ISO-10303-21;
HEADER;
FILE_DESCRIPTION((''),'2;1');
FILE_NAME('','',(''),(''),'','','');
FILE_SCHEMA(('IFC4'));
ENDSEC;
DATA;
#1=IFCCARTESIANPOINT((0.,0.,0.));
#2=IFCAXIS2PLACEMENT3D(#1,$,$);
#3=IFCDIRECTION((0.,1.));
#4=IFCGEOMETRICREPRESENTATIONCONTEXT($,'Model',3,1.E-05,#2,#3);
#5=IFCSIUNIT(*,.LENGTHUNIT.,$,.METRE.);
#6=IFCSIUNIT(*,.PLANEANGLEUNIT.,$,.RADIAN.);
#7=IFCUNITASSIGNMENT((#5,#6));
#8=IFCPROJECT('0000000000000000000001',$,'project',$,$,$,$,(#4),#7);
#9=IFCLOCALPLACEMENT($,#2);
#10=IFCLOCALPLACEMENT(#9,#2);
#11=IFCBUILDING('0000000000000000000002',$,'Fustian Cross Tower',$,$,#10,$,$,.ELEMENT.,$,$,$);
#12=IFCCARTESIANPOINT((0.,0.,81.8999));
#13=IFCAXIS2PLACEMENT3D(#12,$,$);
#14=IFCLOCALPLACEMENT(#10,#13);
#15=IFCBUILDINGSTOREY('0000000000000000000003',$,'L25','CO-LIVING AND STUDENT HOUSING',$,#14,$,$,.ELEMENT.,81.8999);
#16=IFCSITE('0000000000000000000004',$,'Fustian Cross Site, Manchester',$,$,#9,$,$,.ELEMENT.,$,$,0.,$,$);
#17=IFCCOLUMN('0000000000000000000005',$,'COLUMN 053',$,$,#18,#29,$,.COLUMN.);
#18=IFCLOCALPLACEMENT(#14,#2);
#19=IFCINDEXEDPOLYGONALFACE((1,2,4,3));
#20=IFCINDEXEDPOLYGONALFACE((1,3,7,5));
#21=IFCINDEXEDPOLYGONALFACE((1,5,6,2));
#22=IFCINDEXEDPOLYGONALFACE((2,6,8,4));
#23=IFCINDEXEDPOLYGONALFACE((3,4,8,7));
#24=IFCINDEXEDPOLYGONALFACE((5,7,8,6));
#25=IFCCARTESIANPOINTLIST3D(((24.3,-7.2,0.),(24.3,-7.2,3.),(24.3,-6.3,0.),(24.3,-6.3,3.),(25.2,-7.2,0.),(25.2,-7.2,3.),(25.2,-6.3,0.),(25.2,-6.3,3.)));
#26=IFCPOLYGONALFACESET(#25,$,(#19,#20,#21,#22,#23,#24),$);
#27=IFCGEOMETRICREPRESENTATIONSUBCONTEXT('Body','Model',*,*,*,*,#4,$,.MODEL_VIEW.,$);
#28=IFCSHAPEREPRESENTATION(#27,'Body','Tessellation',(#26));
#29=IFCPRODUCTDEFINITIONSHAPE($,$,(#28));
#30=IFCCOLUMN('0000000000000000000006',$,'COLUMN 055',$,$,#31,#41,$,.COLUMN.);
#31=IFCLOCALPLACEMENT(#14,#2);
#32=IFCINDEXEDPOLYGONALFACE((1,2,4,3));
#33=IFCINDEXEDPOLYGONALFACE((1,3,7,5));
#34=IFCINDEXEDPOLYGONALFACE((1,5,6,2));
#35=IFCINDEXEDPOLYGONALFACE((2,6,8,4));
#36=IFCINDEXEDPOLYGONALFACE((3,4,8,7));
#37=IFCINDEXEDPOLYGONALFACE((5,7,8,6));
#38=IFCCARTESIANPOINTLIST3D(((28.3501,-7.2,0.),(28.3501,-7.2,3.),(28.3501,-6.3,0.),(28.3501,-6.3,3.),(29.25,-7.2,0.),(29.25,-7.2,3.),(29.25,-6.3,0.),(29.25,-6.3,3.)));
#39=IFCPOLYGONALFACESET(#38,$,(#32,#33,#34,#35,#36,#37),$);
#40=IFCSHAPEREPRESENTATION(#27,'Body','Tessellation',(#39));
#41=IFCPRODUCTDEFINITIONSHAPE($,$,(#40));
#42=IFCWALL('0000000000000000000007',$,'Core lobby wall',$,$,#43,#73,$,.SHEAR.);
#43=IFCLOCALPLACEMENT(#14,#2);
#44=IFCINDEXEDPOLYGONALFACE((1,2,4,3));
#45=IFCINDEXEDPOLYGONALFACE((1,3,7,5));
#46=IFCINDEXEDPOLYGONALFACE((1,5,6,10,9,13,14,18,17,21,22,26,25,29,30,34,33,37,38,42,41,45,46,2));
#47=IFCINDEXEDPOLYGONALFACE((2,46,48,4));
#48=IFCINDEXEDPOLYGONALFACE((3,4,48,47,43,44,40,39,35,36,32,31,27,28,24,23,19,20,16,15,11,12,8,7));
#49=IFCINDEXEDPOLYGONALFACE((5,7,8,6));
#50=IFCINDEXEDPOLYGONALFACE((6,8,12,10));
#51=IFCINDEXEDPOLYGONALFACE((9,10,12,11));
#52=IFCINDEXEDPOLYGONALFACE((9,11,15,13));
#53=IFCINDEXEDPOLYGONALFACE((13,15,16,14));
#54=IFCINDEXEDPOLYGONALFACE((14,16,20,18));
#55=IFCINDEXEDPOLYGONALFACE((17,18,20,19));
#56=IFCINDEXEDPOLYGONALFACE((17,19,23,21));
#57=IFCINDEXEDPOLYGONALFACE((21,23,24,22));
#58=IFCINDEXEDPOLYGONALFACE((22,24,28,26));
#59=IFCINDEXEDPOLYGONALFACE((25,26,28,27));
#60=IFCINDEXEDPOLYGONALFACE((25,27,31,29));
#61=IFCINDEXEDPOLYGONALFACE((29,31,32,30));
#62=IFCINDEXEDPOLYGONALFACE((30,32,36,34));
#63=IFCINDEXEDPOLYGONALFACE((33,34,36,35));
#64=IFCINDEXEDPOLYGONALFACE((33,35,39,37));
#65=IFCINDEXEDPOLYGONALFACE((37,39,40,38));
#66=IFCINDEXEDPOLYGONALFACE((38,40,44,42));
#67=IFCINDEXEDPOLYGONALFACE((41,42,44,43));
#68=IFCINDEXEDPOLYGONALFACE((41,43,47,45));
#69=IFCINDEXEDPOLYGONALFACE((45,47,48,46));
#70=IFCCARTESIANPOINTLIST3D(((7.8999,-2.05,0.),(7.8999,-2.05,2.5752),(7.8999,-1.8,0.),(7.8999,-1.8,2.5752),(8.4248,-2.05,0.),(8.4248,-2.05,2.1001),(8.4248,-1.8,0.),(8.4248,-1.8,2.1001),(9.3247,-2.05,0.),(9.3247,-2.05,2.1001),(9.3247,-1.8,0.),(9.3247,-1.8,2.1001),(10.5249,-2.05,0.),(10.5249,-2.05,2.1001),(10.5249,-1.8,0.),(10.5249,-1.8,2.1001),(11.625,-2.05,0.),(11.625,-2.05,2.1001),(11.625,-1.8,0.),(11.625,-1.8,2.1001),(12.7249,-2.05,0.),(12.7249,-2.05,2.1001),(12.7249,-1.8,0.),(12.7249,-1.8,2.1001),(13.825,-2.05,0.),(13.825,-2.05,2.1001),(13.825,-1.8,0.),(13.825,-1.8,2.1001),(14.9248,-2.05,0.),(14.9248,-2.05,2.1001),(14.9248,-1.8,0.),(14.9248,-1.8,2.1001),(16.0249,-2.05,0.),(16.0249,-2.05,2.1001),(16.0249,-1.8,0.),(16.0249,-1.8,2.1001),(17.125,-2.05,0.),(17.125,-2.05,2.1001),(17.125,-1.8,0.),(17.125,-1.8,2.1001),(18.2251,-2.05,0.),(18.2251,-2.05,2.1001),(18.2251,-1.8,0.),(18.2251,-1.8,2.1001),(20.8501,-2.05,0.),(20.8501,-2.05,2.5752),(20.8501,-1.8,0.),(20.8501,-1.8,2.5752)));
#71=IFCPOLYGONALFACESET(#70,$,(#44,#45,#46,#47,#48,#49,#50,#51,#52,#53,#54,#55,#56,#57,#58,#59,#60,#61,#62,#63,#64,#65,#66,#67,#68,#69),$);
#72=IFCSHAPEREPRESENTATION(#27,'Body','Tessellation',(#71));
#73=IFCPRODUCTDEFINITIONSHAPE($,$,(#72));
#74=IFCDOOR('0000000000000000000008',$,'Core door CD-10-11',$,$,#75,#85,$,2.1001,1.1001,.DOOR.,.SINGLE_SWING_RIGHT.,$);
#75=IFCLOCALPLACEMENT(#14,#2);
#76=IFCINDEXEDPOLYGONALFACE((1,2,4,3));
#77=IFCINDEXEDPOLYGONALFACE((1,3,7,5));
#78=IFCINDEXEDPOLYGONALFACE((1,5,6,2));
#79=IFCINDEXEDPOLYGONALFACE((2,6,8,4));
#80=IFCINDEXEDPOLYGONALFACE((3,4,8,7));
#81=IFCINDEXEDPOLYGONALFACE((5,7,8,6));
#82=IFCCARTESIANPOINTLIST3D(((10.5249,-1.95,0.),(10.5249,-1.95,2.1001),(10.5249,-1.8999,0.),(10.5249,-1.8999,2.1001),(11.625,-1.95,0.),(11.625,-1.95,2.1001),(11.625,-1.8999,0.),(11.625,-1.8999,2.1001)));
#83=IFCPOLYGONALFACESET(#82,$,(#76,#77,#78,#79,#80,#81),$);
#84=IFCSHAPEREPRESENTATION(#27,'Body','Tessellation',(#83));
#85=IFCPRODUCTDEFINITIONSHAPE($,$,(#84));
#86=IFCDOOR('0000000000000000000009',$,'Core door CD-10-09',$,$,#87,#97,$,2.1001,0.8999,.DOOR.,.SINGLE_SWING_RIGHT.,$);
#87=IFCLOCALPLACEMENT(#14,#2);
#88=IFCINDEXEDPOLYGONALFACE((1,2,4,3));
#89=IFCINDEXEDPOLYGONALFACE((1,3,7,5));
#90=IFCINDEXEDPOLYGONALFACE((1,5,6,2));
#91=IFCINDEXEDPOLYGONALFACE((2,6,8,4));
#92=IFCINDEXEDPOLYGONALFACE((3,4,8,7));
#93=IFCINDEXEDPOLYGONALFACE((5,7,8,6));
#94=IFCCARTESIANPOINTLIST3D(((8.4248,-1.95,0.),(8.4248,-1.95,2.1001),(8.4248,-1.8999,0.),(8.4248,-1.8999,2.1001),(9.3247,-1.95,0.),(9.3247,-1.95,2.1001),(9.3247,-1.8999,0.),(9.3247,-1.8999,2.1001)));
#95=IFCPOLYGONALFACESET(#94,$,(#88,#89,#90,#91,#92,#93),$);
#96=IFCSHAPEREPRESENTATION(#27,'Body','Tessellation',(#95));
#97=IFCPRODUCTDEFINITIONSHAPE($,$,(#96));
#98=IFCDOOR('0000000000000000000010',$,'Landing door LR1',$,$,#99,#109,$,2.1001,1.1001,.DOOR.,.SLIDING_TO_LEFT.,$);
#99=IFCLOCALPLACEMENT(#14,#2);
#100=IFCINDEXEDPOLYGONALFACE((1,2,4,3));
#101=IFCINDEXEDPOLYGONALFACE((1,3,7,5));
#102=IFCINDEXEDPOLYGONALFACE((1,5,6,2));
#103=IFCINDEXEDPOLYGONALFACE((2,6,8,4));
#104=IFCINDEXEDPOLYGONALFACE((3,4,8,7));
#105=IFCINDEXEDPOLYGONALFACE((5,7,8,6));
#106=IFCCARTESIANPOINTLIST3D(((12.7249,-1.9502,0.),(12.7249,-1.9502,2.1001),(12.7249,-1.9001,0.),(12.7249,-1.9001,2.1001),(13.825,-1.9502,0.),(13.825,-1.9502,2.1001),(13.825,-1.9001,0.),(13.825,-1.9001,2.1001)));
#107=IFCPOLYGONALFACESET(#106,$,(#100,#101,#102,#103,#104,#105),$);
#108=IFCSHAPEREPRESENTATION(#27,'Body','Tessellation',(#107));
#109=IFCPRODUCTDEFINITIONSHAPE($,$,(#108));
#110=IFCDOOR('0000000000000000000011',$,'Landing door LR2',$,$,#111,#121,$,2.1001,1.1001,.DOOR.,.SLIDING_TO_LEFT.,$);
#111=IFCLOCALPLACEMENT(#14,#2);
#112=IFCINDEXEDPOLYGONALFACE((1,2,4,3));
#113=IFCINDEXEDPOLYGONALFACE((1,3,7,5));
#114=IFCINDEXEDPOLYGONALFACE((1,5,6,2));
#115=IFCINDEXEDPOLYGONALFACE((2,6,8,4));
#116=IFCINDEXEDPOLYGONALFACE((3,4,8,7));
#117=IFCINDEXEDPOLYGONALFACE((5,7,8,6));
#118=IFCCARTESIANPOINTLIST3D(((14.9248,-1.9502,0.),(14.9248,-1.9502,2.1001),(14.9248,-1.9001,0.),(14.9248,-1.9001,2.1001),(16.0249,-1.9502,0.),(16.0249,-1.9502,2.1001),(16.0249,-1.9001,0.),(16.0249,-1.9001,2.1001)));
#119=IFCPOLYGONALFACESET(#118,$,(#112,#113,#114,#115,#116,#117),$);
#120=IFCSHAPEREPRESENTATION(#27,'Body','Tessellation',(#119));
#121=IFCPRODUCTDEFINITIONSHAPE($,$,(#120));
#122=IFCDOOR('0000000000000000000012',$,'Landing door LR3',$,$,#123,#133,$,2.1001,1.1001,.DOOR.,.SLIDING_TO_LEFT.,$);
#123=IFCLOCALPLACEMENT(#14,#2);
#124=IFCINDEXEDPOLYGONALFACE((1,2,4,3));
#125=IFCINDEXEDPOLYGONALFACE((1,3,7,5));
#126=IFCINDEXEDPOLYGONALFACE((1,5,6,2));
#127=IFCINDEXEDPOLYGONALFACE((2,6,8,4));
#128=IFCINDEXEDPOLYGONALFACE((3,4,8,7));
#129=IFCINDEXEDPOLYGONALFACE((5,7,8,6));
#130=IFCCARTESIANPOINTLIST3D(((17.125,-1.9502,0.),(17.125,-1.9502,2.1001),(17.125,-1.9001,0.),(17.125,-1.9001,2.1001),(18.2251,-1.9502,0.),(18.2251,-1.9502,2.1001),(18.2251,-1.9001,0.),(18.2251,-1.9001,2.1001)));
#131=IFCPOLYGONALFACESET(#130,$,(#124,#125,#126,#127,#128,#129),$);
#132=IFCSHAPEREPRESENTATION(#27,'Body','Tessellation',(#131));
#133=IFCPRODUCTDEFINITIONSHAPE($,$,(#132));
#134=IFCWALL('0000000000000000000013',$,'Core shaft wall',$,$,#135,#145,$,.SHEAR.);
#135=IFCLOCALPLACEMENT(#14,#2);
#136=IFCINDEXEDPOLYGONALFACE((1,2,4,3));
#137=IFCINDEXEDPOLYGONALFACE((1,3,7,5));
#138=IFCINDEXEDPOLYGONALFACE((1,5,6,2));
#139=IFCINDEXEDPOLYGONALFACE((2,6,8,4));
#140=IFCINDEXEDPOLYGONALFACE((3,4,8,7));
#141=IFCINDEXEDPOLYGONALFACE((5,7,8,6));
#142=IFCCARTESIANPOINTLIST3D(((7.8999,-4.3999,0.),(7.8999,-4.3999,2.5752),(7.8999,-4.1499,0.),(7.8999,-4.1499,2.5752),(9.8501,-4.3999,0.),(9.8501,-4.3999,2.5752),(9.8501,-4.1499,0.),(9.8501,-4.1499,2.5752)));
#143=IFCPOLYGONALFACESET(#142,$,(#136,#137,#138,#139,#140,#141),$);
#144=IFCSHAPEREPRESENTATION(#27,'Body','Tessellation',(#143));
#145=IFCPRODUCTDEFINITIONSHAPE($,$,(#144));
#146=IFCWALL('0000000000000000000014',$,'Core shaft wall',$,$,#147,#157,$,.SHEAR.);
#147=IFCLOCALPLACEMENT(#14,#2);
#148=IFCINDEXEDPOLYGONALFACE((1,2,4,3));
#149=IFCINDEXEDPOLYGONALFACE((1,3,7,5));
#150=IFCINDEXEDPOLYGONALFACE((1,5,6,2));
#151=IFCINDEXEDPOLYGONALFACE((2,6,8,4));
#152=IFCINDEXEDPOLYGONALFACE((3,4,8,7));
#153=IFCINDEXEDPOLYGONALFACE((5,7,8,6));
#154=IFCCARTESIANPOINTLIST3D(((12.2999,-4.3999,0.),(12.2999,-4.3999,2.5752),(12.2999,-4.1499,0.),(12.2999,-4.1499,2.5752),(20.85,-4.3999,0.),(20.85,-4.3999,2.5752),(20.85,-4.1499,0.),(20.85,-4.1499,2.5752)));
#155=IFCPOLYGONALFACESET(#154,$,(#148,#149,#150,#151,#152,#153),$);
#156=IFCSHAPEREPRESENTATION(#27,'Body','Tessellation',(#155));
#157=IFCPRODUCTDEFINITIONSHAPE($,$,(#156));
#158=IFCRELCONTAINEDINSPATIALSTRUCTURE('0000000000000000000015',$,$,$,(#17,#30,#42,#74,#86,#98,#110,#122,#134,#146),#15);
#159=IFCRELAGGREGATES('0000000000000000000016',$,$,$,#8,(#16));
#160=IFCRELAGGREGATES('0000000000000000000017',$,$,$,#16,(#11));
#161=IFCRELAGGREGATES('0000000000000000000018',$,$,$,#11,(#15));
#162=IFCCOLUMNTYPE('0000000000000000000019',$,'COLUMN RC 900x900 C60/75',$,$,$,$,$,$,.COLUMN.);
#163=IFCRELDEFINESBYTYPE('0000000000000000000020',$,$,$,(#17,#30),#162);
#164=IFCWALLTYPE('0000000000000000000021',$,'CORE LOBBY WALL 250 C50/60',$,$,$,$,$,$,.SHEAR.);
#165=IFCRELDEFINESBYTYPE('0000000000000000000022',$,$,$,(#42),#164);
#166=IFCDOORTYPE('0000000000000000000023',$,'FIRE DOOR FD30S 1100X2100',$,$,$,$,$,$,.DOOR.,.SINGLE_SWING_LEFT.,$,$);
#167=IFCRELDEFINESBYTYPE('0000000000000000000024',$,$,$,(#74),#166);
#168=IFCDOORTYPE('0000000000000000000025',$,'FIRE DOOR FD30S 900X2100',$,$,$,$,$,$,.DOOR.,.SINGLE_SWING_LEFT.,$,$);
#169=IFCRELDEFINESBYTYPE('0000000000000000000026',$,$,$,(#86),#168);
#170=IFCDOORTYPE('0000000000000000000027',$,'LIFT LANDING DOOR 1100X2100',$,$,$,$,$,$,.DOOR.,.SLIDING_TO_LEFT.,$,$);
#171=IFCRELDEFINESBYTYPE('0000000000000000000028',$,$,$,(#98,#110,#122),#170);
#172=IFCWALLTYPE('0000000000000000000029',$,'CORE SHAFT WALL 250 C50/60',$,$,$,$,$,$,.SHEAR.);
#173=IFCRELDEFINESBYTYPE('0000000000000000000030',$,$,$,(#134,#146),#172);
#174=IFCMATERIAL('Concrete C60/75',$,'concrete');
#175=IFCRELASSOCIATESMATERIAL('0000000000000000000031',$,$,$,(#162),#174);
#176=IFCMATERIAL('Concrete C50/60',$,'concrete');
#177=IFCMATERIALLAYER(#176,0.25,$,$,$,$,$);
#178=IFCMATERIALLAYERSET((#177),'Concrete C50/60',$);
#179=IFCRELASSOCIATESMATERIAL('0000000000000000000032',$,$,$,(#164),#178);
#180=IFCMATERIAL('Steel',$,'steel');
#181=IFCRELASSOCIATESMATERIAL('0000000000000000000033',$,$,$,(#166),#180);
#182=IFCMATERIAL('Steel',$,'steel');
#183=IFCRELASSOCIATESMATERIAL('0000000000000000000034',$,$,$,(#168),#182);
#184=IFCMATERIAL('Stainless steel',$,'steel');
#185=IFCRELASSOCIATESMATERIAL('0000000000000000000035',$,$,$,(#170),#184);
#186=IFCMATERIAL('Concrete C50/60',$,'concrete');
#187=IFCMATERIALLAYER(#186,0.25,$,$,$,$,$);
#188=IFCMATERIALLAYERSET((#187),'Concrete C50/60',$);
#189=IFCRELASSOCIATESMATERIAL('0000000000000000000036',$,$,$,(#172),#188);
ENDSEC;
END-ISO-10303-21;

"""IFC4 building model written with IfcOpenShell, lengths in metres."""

from ifc_helpers import new_model, si_unit, direction, frame, frame_2d, origin, origin_2d, place, context, subcontext, project, spatial, rectangle, extrude, material, layer, layer_set, material_profile, profile_set, type_object, element, fill, save


model = new_model("IFC4")

# Units and contexts
model_context = context("Model", 3, precision=1e-05, world=origin(), true_north=direction((0.0, 1.0)))
body_context = subcontext(model_context, "Body", "Model", "MODEL_VIEW")
ifc_project = project(units=[si_unit("LENGTHUNIT", "METRE"), si_unit("PLANEANGLEUNIT", "RADIAN")], contexts=[model_context])

# Site, building, storey
site_placement = place(None, origin())
site = spatial("IfcSite", under=ifc_project, at=site_placement, Name="Fustian Cross Site, Manchester", CompositionType="ELEMENT", RefElevation=0.0)
building_placement = place(site_placement, origin())
building = spatial("IfcBuilding", under=site, at=building_placement, Name="Fustian Cross Tower", CompositionType="ELEMENT")
storey_placement = place(building_placement, frame((0.0, 0.0, 81.8999)))
storey = spatial("IfcBuildingStorey", under=building, at=storey_placement, Name="L25", Description="CO-LIVING AND STUDENT HOUSING", CompositionType="ELEMENT", Elevation=81.8999)

# Columns
ifc_material_1 = material(Name="Concrete C60/75", Category="concrete")
ifc_material_profile = material_profile(ifc_material_1, rectangle(XDim=0.8999, YDim=0.8999, at=origin_2d()), Name="RC 900x900")
ifc_profile_set = profile_set([ifc_material_profile], Name="Concrete C60/75")
column_type = type_object("IfcColumnType", Name="COLUMN RC 900x900 C60/75", PredefinedType="COLUMN", material=ifc_profile_set)
for number, where, z_axis, x_axis, name in (
    (1, (24.75, -6.75, 0.0), (0.0, 0.0, 1.0), (1.0, 0.0, 0.0), "COLUMN 053"),
    (2, (28.8, -6.75, 0.0), (0.0, 0.0, 1.0), (1.0, 0.0, 0.0), "COLUMN 055"),
):
    element("IfcColumn", number, at=place(storey_placement, frame(where, z_axis=z_axis, x_axis=x_axis)), inside=storey, type_object=column_type, Name=name, PredefinedType="COLUMN", context=body_context, shape_type="SweptSolid", body=[
        extrude(rectangle(XDim=0.8999, YDim=0.8999, at=origin_2d()), origin(), (0.0, 0.0, 1.0), 3.0),
    ])

# Wall, openings, doors
ifc_material_2 = material(Name="Concrete C50/60", Category="concrete")
ifc_layer_1 = layer(ifc_material_2, 0.25)
ifc_layer_set_1 = layer_set([ifc_layer_1], Name="Concrete C50/60")
wall_type_1 = type_object("IfcWallType", Name="CORE LOBBY WALL 250 C50/60", PredefinedType="SHEAR", material=ifc_layer_set_1)
wall_1_placement = place(storey_placement, frame((7.8999, -1.925, 0.0), z_axis=(0.0, 0.0, 1.0), x_axis=(1.0, 0.0, 0.0)))
wall_1 = element("IfcWall", 3, at=wall_1_placement, inside=storey, type_object=wall_type_1, Name="Core lobby wall", PredefinedType="SHEAR", context=body_context, shape_type="SweptSolid", body=[
    extrude(rectangle(XDim=12.9502, YDim=0.25, at=frame_2d((6.4751, 0.0))), origin(), (0.0, 0.0, 1.0), 2.5752),
])
opening_1_placement = place(wall_1_placement, frame((4.825, 0.0, 0.0)))
opening_1 = element("IfcOpeningElement", 4, at=opening_1_placement, cuts=wall_1, PredefinedType="OPENING", context=body_context, shape_type="SweptSolid", body=[
    extrude(rectangle(XDim=1.1001, YDim=2.1001, at=frame_2d((0.55, 1.05))), frame((0.0, 0.135, 0.0), z_axis=(0.0, -1.0, 0.0), x_axis=(1.0, 0.0, 0.0)), (0.0, 0.0, 1.0), 0.27),
])
opening_2_placement = place(wall_1_placement, frame((7.0249, 0.0, 0.0)))
opening_2 = element("IfcOpeningElement", 5, at=opening_2_placement, cuts=wall_1, PredefinedType="OPENING", context=body_context, shape_type="SweptSolid", body=[
    extrude(rectangle(XDim=1.1001, YDim=2.1001, at=frame_2d((0.55, 1.05))), frame((0.0, 0.135, 0.0), z_axis=(0.0, -1.0, 0.0), x_axis=(1.0, 0.0, 0.0)), (0.0, 0.0, 1.0), 0.27),
])
opening_3_placement = place(wall_1_placement, frame((9.2251, 0.0, 0.0)))
opening_3 = element("IfcOpeningElement", 6, at=opening_3_placement, cuts=wall_1, PredefinedType="OPENING", context=body_context, shape_type="SweptSolid", body=[
    extrude(rectangle(XDim=1.1001, YDim=2.1001, at=frame_2d((0.55, 1.05))), frame((0.0, 0.135, 0.0), z_axis=(0.0, -1.0, 0.0), x_axis=(1.0, 0.0, 0.0)), (0.0, 0.0, 1.0), 0.27),
])
opening_4_placement = place(wall_1_placement, frame((0.5249, 0.0, 0.0)))
opening_4 = element("IfcOpeningElement", 7, at=opening_4_placement, cuts=wall_1, PredefinedType="OPENING", context=body_context, shape_type="SweptSolid", body=[
    extrude(rectangle(XDim=0.8999, YDim=2.1001, at=frame_2d((0.45, 1.05))), frame((0.0, 0.135, 0.0), z_axis=(0.0, -1.0, 0.0), x_axis=(1.0, 0.0, 0.0)), (0.0, 0.0, 1.0), 0.27),
])
opening_5_placement = place(wall_1_placement, frame((2.625, 0.0, 0.0)))
opening_5 = element("IfcOpeningElement", 8, at=opening_5_placement, cuts=wall_1, PredefinedType="OPENING", context=body_context, shape_type="SweptSolid", body=[
    extrude(rectangle(XDim=1.1001, YDim=2.1001, at=frame_2d((0.55, 1.05))), frame((0.0, 0.135, 0.0), z_axis=(0.0, -1.0, 0.0), x_axis=(1.0, 0.0, 0.0)), (0.0, 0.0, 1.0), 0.27),
])
ifc_material_3 = material(Name="Steel", Category="steel")
door_type_1 = type_object("IfcDoorType", Name="FIRE DOOR FD30S 1100X2100", OperationType="SINGLE_SWING_LEFT", PredefinedType="DOOR", material=ifc_material_3)
door_1_placement = place(opening_5_placement, frame((1.1001, 0.0, 0.0), z_axis=(0.0, 0.0, 1.0), x_axis=(-1.0, 0.0, 0.0)))
door_1 = element("IfcDoor", 9, at=door_1_placement, inside=storey, type_object=door_type_1, Name="Core door CD-10-11", OperationType="SINGLE_SWING_RIGHT", OverallHeight=2.1001, OverallWidth=1.1001, PredefinedType="DOOR", context=body_context, shape_type="SweptSolid", body=[
    extrude(rectangle(XDim=1.1001, YDim=2.1001, at=frame_2d((0.55, 1.05))), frame((0.0, 0.0249, 0.0), z_axis=(0.0, -1.0, 0.0), x_axis=(1.0, 0.0, 0.0)), (0.0, 0.0, 1.0), 0.05),
])
fill(opening_5, door_1)
ifc_material_4 = material(Name="Steel", Category="steel")
door_type_2 = type_object("IfcDoorType", Name="FIRE DOOR FD30S 900X2100", OperationType="SINGLE_SWING_LEFT", PredefinedType="DOOR", material=ifc_material_4)
door_2_placement = place(opening_4_placement, frame((0.8999, 0.0, 0.0), z_axis=(0.0, 0.0, 1.0), x_axis=(-1.0, 0.0, 0.0)))
door_2 = element("IfcDoor", 10, at=door_2_placement, inside=storey, type_object=door_type_2, Name="Core door CD-10-09", OperationType="SINGLE_SWING_RIGHT", OverallHeight=2.1001, OverallWidth=0.8999, PredefinedType="DOOR", context=body_context, shape_type="SweptSolid", body=[
    extrude(rectangle(XDim=0.8999, YDim=2.1001, at=frame_2d((0.45, 1.05))), frame((0.0, 0.0249, 0.0), z_axis=(0.0, -1.0, 0.0), x_axis=(1.0, 0.0, 0.0)), (0.0, 0.0, 1.0), 0.05),
])
fill(opening_4, door_2)
ifc_material_5 = material(Name="Stainless steel", Category="steel")
door_type_3 = type_object("IfcDoorType", Name="LIFT LANDING DOOR 1100X2100", OperationType="SLIDING_TO_LEFT", PredefinedType="DOOR", material=ifc_material_5)
door_3_placement = place(opening_1_placement, origin())
door_3 = element("IfcDoor", 11, at=door_3_placement, inside=storey, type_object=door_type_3, Name="Landing door LR1", OperationType="SLIDING_TO_LEFT", OverallHeight=2.1001, OverallWidth=1.1001, PredefinedType="DOOR", context=body_context, shape_type="SweptSolid", body=[
    extrude(rectangle(XDim=1.1001, YDim=2.1001, at=frame_2d((0.55, 1.05))), frame((0.0, 0.0249, 0.0), z_axis=(0.0, -1.0, 0.0), x_axis=(1.0, 0.0, 0.0)), (0.0, 0.0, 1.0), 0.05),
])
fill(opening_1, door_3)
door_4_placement = place(opening_2_placement, origin())
door_4 = element("IfcDoor", 12, at=door_4_placement, inside=storey, type_object=door_type_3, Name="Landing door LR2", OperationType="SLIDING_TO_LEFT", OverallHeight=2.1001, OverallWidth=1.1001, PredefinedType="DOOR", context=body_context, shape_type="SweptSolid", body=[
    extrude(rectangle(XDim=1.1001, YDim=2.1001, at=frame_2d((0.55, 1.05))), frame((0.0, 0.0249, 0.0), z_axis=(0.0, -1.0, 0.0), x_axis=(1.0, 0.0, 0.0)), (0.0, 0.0, 1.0), 0.05),
])
fill(opening_2, door_4)
door_5_placement = place(opening_3_placement, origin())
door_5 = element("IfcDoor", 13, at=door_5_placement, inside=storey, type_object=door_type_3, Name="Landing door LR3", OperationType="SLIDING_TO_LEFT", OverallHeight=2.1001, OverallWidth=1.1001, PredefinedType="DOOR", context=body_context, shape_type="SweptSolid", body=[
    extrude(rectangle(XDim=1.1001, YDim=2.1001, at=frame_2d((0.55, 1.05))), frame((0.0, 0.0249, 0.0), z_axis=(0.0, -1.0, 0.0), x_axis=(1.0, 0.0, 0.0)), (0.0, 0.0, 1.0), 0.05),
])
fill(opening_3, door_5)

# Walls
ifc_material_6 = material(Name="Concrete C50/60", Category="concrete")
ifc_layer_2 = layer(ifc_material_6, 0.25)
ifc_layer_set_2 = layer_set([ifc_layer_2], Name="Concrete C50/60")
wall_type_2 = type_object("IfcWallType", Name="CORE SHAFT WALL 250 C50/60", PredefinedType="SHEAR", material=ifc_layer_set_2)
wall_2_placement = place(storey_placement, frame((7.8999, -4.2749, 0.0), z_axis=(0.0, 0.0, 1.0), x_axis=(1.0, 0.0, 0.0)))
element("IfcWall", 14, at=wall_2_placement, inside=storey, type_object=wall_type_2, Name="Core shaft wall", PredefinedType="SHEAR", context=body_context, shape_type="SweptSolid", body=[
    extrude(rectangle(XDim=1.9502, YDim=0.25, at=frame_2d((0.9751, 0.0))), origin(), (0.0, 0.0, 1.0), 2.5752),
])
wall_3_placement = place(storey_placement, frame((12.3, -4.2749, 0.0), z_axis=(0.0, 0.0, 1.0), x_axis=(1.0, 0.0, 0.0)))
element("IfcWall", 15, at=wall_3_placement, inside=storey, type_object=wall_type_2, Name="Core shaft wall", PredefinedType="SHEAR", context=body_context, shape_type="SweptSolid", body=[
    extrude(rectangle(XDim=8.55, YDim=0.25, at=frame_2d((4.2749, 0.0))), origin(), (0.0, 0.0, 1.0), 2.5752),
])

save(model, "model.ifc")
